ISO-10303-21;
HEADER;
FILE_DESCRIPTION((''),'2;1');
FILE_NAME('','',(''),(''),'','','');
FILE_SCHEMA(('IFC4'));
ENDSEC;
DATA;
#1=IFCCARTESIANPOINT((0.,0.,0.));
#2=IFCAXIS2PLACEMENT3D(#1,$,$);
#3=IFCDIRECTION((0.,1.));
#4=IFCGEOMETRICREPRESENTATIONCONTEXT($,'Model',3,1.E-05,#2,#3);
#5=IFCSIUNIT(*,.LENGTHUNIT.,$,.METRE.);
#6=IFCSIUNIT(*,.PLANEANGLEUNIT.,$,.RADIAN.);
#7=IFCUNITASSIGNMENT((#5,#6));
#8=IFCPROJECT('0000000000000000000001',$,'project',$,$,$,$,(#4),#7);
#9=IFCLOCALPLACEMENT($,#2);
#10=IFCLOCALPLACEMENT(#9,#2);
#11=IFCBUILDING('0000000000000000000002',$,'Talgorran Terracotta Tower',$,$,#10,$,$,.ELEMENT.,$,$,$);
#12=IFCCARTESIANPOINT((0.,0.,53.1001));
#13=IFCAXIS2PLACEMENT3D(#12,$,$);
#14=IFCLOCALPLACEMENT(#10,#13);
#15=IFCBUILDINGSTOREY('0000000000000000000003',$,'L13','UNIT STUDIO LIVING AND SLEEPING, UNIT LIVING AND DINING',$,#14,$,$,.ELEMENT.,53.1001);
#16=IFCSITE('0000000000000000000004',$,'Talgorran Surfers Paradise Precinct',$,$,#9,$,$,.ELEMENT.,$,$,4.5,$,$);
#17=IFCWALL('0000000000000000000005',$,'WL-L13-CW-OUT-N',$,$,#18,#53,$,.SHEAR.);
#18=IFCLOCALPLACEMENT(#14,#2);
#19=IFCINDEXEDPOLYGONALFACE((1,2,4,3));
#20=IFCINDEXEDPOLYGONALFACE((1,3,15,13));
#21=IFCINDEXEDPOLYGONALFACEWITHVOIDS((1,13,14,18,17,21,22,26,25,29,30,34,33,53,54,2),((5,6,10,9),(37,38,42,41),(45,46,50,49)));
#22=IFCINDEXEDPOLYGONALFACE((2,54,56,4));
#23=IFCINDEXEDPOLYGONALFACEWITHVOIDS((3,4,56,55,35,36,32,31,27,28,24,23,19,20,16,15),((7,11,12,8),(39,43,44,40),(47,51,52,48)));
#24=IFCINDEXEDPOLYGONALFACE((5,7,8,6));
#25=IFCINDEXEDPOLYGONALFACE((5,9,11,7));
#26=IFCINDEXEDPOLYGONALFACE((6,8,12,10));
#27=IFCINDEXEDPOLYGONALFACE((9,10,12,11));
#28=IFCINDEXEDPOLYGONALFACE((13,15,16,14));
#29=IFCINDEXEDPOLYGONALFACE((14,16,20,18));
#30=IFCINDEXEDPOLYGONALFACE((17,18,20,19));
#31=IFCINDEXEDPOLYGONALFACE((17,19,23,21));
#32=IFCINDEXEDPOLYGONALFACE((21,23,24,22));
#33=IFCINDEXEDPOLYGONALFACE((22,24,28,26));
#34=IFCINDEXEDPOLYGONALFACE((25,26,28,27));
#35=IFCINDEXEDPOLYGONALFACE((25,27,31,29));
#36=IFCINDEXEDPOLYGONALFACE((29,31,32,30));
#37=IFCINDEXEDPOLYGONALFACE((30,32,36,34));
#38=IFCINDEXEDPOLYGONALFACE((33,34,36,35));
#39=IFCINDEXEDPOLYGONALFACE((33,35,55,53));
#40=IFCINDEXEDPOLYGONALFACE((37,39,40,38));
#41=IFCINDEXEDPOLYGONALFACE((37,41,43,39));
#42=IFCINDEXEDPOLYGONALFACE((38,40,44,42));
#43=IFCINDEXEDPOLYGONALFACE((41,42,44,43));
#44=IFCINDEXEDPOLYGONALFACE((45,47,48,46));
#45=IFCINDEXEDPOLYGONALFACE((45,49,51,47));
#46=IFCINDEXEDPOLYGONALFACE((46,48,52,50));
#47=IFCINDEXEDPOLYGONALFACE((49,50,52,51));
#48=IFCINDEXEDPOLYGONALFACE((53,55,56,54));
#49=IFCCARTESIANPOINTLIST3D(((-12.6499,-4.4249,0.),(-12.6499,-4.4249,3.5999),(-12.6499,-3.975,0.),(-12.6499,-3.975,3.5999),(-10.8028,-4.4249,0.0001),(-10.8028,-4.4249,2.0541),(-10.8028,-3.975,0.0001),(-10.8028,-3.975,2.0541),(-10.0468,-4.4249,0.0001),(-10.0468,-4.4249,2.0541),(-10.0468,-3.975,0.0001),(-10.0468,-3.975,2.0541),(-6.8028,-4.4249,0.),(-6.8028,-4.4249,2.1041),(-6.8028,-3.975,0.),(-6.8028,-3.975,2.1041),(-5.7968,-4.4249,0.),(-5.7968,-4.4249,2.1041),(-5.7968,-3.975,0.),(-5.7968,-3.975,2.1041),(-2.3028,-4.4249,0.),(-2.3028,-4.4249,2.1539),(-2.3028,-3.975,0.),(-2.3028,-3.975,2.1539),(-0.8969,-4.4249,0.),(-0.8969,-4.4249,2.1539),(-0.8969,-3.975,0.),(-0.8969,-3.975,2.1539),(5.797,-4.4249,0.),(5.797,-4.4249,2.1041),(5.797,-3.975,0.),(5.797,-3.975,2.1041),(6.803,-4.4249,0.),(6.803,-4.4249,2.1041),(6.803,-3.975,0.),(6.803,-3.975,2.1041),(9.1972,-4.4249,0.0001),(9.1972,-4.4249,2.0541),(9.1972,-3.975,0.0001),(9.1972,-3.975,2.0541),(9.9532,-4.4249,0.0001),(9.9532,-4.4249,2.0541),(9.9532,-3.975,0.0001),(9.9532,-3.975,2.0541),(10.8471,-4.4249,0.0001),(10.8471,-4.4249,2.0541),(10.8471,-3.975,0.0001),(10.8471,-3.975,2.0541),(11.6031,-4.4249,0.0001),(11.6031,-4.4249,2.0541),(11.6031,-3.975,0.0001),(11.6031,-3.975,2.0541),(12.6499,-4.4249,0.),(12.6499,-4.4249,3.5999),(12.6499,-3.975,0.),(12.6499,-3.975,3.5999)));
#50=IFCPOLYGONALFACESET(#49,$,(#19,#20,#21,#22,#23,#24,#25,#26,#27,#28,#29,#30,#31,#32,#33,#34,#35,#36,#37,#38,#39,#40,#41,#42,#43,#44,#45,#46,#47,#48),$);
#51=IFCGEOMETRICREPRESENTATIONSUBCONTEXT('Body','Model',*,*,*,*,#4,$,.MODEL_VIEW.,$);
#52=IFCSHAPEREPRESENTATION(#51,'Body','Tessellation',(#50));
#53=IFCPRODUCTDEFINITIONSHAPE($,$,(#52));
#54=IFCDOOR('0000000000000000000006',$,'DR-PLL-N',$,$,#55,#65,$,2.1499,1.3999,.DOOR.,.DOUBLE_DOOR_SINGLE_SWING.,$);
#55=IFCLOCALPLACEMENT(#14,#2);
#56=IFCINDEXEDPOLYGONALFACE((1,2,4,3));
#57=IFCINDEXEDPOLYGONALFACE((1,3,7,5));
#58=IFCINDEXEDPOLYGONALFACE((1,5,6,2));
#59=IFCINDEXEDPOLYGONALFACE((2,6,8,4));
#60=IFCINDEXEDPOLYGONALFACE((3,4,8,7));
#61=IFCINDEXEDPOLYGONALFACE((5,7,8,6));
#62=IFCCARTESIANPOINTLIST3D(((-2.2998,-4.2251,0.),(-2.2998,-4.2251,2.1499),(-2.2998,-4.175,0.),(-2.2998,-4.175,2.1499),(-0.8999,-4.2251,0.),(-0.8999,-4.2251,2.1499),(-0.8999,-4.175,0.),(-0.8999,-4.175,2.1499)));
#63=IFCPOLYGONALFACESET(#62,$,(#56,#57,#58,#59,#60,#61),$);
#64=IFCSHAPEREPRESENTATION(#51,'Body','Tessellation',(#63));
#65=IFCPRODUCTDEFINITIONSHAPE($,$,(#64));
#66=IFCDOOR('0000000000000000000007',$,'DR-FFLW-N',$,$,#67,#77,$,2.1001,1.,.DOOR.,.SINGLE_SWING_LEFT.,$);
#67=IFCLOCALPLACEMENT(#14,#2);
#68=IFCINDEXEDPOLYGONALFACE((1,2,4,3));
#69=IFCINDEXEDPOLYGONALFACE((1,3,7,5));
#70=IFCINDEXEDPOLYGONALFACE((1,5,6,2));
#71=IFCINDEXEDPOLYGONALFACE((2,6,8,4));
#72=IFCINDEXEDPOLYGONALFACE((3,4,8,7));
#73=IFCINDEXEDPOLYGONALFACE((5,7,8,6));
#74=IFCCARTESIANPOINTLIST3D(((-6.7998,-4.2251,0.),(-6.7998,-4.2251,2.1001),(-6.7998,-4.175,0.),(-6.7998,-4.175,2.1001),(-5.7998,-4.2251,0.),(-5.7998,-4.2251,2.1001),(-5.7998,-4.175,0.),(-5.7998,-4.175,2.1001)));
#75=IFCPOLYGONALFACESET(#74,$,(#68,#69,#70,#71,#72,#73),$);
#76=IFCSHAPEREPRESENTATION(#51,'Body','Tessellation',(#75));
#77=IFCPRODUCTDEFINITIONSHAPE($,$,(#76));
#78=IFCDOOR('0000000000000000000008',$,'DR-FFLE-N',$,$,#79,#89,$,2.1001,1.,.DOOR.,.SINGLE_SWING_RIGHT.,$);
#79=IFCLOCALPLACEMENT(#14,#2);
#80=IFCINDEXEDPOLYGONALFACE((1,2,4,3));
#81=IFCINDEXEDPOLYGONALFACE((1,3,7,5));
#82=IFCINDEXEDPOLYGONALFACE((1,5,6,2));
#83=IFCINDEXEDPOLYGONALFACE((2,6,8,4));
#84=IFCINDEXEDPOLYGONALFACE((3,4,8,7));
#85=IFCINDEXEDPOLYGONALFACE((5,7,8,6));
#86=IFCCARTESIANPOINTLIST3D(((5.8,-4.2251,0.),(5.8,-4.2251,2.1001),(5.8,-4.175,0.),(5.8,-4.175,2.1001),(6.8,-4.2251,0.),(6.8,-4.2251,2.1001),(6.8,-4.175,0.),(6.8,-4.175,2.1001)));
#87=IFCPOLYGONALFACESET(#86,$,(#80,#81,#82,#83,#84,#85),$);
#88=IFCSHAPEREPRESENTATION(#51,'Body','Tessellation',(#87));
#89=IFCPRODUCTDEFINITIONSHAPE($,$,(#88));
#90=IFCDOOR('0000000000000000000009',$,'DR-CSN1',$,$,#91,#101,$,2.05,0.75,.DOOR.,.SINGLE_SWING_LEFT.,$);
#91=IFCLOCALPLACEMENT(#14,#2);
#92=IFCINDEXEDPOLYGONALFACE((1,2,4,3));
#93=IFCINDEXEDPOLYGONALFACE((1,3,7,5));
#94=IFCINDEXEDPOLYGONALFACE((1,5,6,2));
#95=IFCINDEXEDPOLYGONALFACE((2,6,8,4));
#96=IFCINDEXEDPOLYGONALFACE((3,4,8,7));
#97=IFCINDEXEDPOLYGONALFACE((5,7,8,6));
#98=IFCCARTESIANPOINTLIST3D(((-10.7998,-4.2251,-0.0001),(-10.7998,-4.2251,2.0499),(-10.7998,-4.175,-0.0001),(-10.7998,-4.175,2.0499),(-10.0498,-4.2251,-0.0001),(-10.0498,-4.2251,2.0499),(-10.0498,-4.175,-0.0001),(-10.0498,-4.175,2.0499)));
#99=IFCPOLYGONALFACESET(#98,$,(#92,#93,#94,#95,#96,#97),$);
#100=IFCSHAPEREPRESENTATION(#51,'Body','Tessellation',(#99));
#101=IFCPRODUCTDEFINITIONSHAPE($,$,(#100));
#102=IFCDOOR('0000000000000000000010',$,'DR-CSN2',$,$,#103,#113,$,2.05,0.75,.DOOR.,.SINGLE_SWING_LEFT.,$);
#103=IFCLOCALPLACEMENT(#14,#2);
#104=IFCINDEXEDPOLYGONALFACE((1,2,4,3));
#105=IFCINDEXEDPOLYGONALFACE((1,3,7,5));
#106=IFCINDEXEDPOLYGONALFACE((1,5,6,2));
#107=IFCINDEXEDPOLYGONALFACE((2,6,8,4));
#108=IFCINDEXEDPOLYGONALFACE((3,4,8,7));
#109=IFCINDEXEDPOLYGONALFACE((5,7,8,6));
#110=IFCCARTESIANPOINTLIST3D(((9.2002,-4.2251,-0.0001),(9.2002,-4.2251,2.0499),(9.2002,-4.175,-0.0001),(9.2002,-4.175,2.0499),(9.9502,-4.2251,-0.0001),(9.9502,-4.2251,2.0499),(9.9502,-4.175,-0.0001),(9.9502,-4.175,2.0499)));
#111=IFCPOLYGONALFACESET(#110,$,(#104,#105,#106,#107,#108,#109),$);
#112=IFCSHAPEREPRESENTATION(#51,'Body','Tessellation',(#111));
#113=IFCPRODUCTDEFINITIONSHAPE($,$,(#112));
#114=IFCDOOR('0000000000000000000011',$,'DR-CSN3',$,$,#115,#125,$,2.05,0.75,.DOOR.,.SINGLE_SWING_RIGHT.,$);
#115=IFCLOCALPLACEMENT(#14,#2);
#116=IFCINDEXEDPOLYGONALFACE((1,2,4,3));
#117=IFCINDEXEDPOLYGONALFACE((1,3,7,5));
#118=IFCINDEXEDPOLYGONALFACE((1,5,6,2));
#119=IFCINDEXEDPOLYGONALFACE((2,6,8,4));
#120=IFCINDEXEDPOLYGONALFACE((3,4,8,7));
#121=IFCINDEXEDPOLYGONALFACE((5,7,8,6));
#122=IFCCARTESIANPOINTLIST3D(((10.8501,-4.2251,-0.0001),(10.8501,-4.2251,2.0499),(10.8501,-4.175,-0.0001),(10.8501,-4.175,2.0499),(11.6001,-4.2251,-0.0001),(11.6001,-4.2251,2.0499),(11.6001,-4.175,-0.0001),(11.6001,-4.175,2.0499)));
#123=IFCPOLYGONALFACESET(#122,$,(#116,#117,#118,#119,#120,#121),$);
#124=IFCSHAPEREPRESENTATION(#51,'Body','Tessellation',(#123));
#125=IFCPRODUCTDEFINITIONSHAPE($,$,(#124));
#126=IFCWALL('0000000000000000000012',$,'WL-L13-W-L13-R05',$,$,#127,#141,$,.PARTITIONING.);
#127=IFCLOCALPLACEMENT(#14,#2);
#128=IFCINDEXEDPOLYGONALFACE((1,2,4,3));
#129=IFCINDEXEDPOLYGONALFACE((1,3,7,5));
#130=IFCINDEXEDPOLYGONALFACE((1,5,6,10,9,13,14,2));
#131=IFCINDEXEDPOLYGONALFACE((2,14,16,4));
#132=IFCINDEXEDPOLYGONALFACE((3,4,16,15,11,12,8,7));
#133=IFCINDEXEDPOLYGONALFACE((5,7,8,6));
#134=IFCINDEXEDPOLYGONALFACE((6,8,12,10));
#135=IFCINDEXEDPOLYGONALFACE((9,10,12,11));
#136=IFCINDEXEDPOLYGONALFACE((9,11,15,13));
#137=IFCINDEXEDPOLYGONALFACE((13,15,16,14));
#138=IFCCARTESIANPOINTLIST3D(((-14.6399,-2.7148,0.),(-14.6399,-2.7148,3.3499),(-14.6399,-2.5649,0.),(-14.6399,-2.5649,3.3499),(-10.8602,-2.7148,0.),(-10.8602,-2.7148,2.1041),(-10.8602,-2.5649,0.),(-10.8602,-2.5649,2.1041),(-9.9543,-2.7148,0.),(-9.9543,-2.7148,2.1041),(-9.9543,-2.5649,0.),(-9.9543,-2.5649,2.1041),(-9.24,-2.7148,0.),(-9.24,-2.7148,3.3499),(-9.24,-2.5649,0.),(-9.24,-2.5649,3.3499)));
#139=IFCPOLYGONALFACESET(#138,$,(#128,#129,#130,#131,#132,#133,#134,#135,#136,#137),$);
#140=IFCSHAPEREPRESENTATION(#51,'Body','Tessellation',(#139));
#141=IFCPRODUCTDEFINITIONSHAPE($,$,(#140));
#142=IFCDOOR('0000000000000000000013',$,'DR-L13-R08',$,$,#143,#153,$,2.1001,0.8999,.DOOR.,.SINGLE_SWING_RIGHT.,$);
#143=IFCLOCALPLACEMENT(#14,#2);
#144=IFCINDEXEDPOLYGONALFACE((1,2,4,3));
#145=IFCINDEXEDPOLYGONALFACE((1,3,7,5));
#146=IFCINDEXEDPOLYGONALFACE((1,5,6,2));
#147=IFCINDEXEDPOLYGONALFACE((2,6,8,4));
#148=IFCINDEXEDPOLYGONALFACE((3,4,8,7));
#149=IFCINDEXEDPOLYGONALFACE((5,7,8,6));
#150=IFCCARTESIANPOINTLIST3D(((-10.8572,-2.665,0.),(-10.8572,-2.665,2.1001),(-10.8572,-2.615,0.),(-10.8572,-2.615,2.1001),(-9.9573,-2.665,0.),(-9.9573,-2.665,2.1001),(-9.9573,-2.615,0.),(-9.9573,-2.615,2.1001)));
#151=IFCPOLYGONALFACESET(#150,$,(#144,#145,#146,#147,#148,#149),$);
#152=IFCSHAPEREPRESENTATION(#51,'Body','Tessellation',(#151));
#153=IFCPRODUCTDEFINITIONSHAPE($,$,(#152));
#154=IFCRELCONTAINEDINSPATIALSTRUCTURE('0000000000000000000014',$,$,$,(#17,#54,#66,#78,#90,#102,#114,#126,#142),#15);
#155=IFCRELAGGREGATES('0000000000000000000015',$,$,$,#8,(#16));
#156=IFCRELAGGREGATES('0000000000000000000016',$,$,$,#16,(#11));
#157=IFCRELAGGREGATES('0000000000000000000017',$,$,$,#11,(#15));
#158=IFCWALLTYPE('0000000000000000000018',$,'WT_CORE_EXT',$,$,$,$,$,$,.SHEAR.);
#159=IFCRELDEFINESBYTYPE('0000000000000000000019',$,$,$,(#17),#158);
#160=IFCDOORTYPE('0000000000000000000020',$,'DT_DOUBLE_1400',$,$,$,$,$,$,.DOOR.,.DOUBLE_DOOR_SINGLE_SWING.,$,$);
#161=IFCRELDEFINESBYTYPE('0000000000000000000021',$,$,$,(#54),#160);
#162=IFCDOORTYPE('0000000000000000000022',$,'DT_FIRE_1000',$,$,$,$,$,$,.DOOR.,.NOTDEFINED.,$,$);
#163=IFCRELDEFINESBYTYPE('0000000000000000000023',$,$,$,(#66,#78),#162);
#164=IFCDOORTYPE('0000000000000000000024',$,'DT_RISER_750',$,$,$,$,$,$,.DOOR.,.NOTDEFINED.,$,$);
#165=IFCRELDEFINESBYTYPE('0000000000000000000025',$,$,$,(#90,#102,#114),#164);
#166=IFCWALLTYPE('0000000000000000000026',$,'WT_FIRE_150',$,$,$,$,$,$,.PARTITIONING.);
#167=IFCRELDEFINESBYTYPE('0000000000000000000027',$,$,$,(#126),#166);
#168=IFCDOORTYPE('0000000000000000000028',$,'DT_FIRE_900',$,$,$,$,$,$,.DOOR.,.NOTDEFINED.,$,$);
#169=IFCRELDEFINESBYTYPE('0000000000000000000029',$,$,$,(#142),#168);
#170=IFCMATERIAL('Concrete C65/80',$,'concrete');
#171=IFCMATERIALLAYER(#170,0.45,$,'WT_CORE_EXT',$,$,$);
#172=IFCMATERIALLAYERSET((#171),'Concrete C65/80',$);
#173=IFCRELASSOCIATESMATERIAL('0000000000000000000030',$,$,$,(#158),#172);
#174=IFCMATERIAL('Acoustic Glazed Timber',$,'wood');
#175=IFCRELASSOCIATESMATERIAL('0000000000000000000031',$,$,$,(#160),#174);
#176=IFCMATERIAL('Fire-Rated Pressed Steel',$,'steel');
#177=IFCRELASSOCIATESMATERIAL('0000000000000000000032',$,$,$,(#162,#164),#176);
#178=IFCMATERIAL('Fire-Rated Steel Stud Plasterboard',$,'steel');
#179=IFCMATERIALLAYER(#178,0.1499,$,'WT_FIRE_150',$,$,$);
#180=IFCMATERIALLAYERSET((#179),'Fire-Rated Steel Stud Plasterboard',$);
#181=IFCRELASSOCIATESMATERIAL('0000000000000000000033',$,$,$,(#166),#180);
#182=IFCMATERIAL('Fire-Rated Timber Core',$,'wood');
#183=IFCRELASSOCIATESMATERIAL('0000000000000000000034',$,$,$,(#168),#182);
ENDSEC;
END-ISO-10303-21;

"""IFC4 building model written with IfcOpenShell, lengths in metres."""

from ifc_helpers import new_model, si_unit, direction, frame, frame_2d, origin, place, context, subcontext, project, spatial, rectangle, extrude, material, layer, layer_set, type_object, element, fill, save


model = new_model("IFC4")

# Units and contexts
model_context = context("Model", 3, precision=1e-05, world=origin(), true_north=direction((0.0, 1.0)))
body_context = subcontext(model_context, "Body", "Model", "MODEL_VIEW")
ifc_project = project(units=[si_unit("LENGTHUNIT", "METRE"), si_unit("PLANEANGLEUNIT", "RADIAN")], contexts=[model_context])

# Site, building, storey
site_placement = place(None, origin())
site = spatial("IfcSite", under=ifc_project, at=site_placement, Name="Talgorran Surfers Paradise Precinct", CompositionType="ELEMENT", RefElevation=4.5)
building_placement = place(site_placement, origin())
building = spatial("IfcBuilding", under=site, at=building_placement, Name="Talgorran Terracotta Tower", CompositionType="ELEMENT")
storey_placement = place(building_placement, frame((0.0, 0.0, 53.1001)))
storey = spatial("IfcBuildingStorey", under=building, at=storey_placement, Name="L13", Description="UNIT STUDIO LIVING AND SLEEPING, UNIT LIVING AND DINING", CompositionType="ELEMENT", Elevation=53.1001)

# Wall, openings, doors
ifc_material_1 = material(Name="Concrete C65/80", Category="concrete")
ifc_layer_1 = layer(ifc_material_1, 0.45, Name="WT_CORE_EXT")
ifc_layer_set_1 = layer_set([ifc_layer_1], Name="Concrete C65/80")
wall_type_1 = type_object("IfcWallType", Name="WT_CORE_EXT", PredefinedType="SHEAR", material=ifc_layer_set_1)
wall_1_placement = place(storey_placement, frame((-12.6499, -4.2, 0.0), z_axis=(0.0, 0.0, 1.0), x_axis=(1.0, 0.0, 0.0)))
wall_1 = element("IfcWall", 1, at=wall_1_placement, inside=storey, type_object=wall_type_1, Name="WL-L13-CW-OUT-N", PredefinedType="SHEAR", context=body_context, shape_type="SweptSolid", body=[
    extrude(rectangle(XDim=25.2998, YDim=0.45, at=frame_2d((12.6499, 0.0))), origin(), (0.0, 0.0, 1.0), 3.5999),
])
opening_1_placement = place(wall_1_placement, frame((1.8501, 0.0, 0.0)))
opening_1 = element("IfcOpeningElement", 2, at=opening_1_placement, cuts=wall_1, PredefinedType="OPENING", context=body_context, shape_type="SweptSolid", body=[
    extrude(rectangle(XDim=0.756, YDim=2.054, at=frame_2d((0.375, 1.0271))), frame((0.0, 0.2349, 0.0), z_axis=(0.0, -1.0, 0.0), x_axis=(1.0, 0.0, 0.0)), (0.0, 0.0, 1.0), 0.47),
])
opening_2_placement = place(wall_1_placement, frame((21.8501, 0.0, 0.0)))
opening_2 = element("IfcOpeningElement", 3, at=opening_2_placement, cuts=wall_1, PredefinedType="OPENING", context=body_context, shape_type="SweptSolid", body=[
    extrude(rectangle(XDim=0.756, YDim=2.054, at=frame_2d((0.375, 1.0271))), frame((0.0, 0.2349, 0.0), z_axis=(0.0, -1.0, 0.0), x_axis=(1.0, 0.0, 0.0)), (0.0, 0.0, 1.0), 0.47),
])
opening_3_placement = place(wall_1_placement, frame((23.5, 0.0, 0.0)))
opening_3 = element("IfcOpeningElement", 4, at=opening_3_placement, cuts=wall_1, PredefinedType="OPENING", context=body_context, shape_type="SweptSolid", body=[
    extrude(rectangle(XDim=0.756, YDim=2.054, at=frame_2d((0.375, 1.0271))), frame((0.0, 0.2349, 0.0), z_axis=(0.0, -1.0, 0.0), x_axis=(1.0, 0.0, 0.0)), (0.0, 0.0, 1.0), 0.47),
])
opening_4_placement = place(wall_1_placement, frame((5.8501, 0.0, 0.0)))
opening_4 = element("IfcOpeningElement", 5, at=opening_4_placement, cuts=wall_1, PredefinedType="OPENING", context=body_context, shape_type="SweptSolid", body=[
    extrude(rectangle(XDim=1.006, YDim=2.1041, at=frame_2d((0.5, 1.052))), frame((0.0, 0.2349, 0.0), z_axis=(0.0, -1.0, 0.0), x_axis=(1.0, 0.0, 0.0)), (0.0, 0.0, 1.0), 0.47),
])
opening_5_placement = place(wall_1_placement, frame((10.3501, 0.0, 0.0)))
opening_5 = element("IfcOpeningElement", 6, at=opening_5_placement, cuts=wall_1, PredefinedType="OPENING", context=body_context, shape_type="SweptSolid", body=[
    extrude(rectangle(XDim=1.4059, YDim=2.1539, at=frame_2d((0.7, 1.0769))), frame((0.0, 0.2349, 0.0), z_axis=(0.0, -1.0, 0.0), x_axis=(1.0, 0.0, 0.0)), (0.0, 0.0, 1.0), 0.47),
])
opening_6_placement = place(wall_1_placement, frame((18.45, 0.0, 0.0)))
opening_6 = element("IfcOpeningElement", 7, at=opening_6_placement, cuts=wall_1, PredefinedType="OPENING", context=body_context, shape_type="SweptSolid", body=[
    extrude(rectangle(XDim=1.006, YDim=2.1041, at=frame_2d((0.5, 1.052))), frame((0.0, 0.2349, 0.0), z_axis=(0.0, -1.0, 0.0), x_axis=(1.0, 0.0, 0.0)), (0.0, 0.0, 1.0), 0.47),
])
ifc_material_2 = material(Name="Acoustic Glazed Timber", Category="wood")
door_type_1 = type_object("IfcDoorType", Name="DT_DOUBLE_1400", OperationType="DOUBLE_DOOR_SINGLE_SWING", PredefinedType="DOOR", material=ifc_material_2)
door_1_placement = place(opening_5_placement, origin())
door_1 = element("IfcDoor", 8, at=door_1_placement, inside=storey, type_object=door_type_1, Name="DR-PLL-N", OperationType="DOUBLE_DOOR_SINGLE_SWING", OverallHeight=2.1499, OverallWidth=1.3999, PredefinedType="DOOR", context=body_context, shape_type="SweptSolid", body=[
    extrude(rectangle(XDim=1.3999, YDim=2.1499, at=frame_2d((0.7, 1.075))), frame((0.0, 0.0249, 0.0), z_axis=(0.0, -1.0, 0.0), x_axis=(1.0, 0.0, 0.0)), (0.0, 0.0, 1.0), 0.05),
])
fill(opening_5, door_1)
ifc_material_3 = material(Name="Fire-Rated Pressed Steel", Category="steel")
door_type_2 = type_object("IfcDoorType", Name="DT_FIRE_1000", OperationType="NOTDEFINED", PredefinedType="DOOR", material=ifc_material_3)
door_2_placement = place(opening_4_placement, origin())
door_2 = element("IfcDoor", 9, at=door_2_placement, inside=storey, type_object=door_type_2, Name="DR-FFLW-N", OperationType="SINGLE_SWING_LEFT", OverallHeight=2.1001, OverallWidth=1.0, PredefinedType="DOOR", context=body_context, shape_type="SweptSolid", body=[
    extrude(rectangle(XDim=1.0, YDim=2.1001, at=frame_2d((0.5, 1.05))), frame((0.0, 0.0249, 0.0), z_axis=(0.0, -1.0, 0.0), x_axis=(1.0, 0.0, 0.0)), (0.0, 0.0, 1.0), 0.05),
])
fill(opening_4, door_2)
door_3_placement = place(opening_6_placement, origin())
door_3 = element("IfcDoor", 10, at=door_3_placement, inside=storey, type_object=door_type_2, Name="DR-FFLE-N", OperationType="SINGLE_SWING_RIGHT", OverallHeight=2.1001, OverallWidth=1.0, PredefinedType="DOOR", context=body_context, shape_type="SweptSolid", body=[
    extrude(rectangle(XDim=1.0, YDim=2.1001, at=frame_2d((0.5, 1.05))), frame((0.0, 0.0249, 0.0), z_axis=(0.0, -1.0, 0.0), x_axis=(1.0, 0.0, 0.0)), (0.0, 0.0, 1.0), 0.05),
])
fill(opening_6, door_3)
door_type_3 = type_object("IfcDoorType", Name="DT_RISER_750", OperationType="NOTDEFINED", PredefinedType="DOOR", material=ifc_material_3)
door_4_placement = place(opening_1_placement, origin())
door_4 = element("IfcDoor", 11, at=door_4_placement, inside=storey, type_object=door_type_3, Name="DR-CSN1", OperationType="SINGLE_SWING_LEFT", OverallHeight=2.05, OverallWidth=0.75, PredefinedType="DOOR", context=body_context, shape_type="SweptSolid", body=[
    extrude(rectangle(XDim=0.75, YDim=2.05, at=frame_2d((0.375, 1.0249))), frame((0.0, 0.0249, 0.0), z_axis=(0.0, -1.0, 0.0), x_axis=(1.0, 0.0, 0.0)), (0.0, 0.0, 1.0), 0.05),
])
fill(opening_1, door_4)
door_5_placement = place(opening_2_placement, origin())
door_5 = element("IfcDoor", 12, at=door_5_placement, inside=storey, type_object=door_type_3, Name="DR-CSN2", OperationType="SINGLE_SWING_LEFT", OverallHeight=2.05, OverallWidth=0.75, PredefinedType="DOOR", context=body_context, shape_type="SweptSolid", body=[
    extrude(rectangle(XDim=0.75, YDim=2.05, at=frame_2d((0.375, 1.0249))), frame((0.0, 0.0249, 0.0), z_axis=(0.0, -1.0, 0.0), x_axis=(1.0, 0.0, 0.0)), (0.0, 0.0, 1.0), 0.05),
])
fill(opening_2, door_5)
door_6_placement = place(opening_3_placement, origin())
door_6 = element("IfcDoor", 13, at=door_6_placement, inside=storey, type_object=door_type_3, Name="DR-CSN3", OperationType="SINGLE_SWING_RIGHT", OverallHeight=2.05, OverallWidth=0.75, PredefinedType="DOOR", context=body_context, shape_type="SweptSolid", body=[
    extrude(rectangle(XDim=0.75, YDim=2.05, at=frame_2d((0.375, 1.0249))), frame((0.0, 0.0249, 0.0), z_axis=(0.0, -1.0, 0.0), x_axis=(1.0, 0.0, 0.0)), (0.0, 0.0, 1.0), 0.05),
])
fill(opening_3, door_6)

# Wall, opening, door
ifc_material_4 = material(Name="Fire-Rated Steel Stud Plasterboard", Category="steel")
ifc_layer_2 = layer(ifc_material_4, 0.1499, Name="WT_FIRE_150")
ifc_layer_set_2 = layer_set([ifc_layer_2], Name="Fire-Rated Steel Stud Plasterboard")
wall_type_2 = type_object("IfcWallType", Name="WT_FIRE_150", PredefinedType="PARTITIONING", material=ifc_layer_set_2)
wall_2_placement = place(storey_placement, frame((-14.6399, -2.6399, 0.0), z_axis=(0.0, 0.0, 1.0), x_axis=(1.0, 0.0, 0.0)))
wall_2 = element("IfcWall", 14, at=wall_2_placement, inside=storey, type_object=wall_type_2, Name="WL-L13-W-L13-R05", PredefinedType="PARTITIONING", context=body_context, shape_type="SweptSolid", body=[
    extrude(rectangle(XDim=5.3999, YDim=0.1499, at=frame_2d((2.7, 0.0))), origin(), (0.0, 0.0, 1.0), 3.3499),
])
opening_7_placement = place(wall_2_placement, frame((3.7827, 0.0, 0.0)))
opening_7 = element("IfcOpeningElement", 15, at=opening_7_placement, cuts=wall_2, PredefinedType="OPENING", context=body_context, shape_type="SweptSolid", body=[
    extrude(rectangle(XDim=0.9059, YDim=2.1041, at=frame_2d((0.45, 1.052))), frame((0.0, 0.085, 0.0), z_axis=(0.0, -1.0, 0.0), x_axis=(1.0, 0.0, 0.0)), (0.0, 0.0, 1.0), 0.1699),
])
ifc_material_5 = material(Name="Fire-Rated Timber Core", Category="wood")
door_type_4 = type_object("IfcDoorType", Name="DT_FIRE_900", OperationType="NOTDEFINED", PredefinedType="DOOR", material=ifc_material_5)
door_7_placement = place(opening_7_placement, origin())
door_7 = element("IfcDoor", 16, at=door_7_placement, inside=storey, type_object=door_type_4, Name="DR-L13-R08", OperationType="SINGLE_SWING_RIGHT", OverallHeight=2.1001, OverallWidth=0.8999, PredefinedType="DOOR", context=body_context, shape_type="SweptSolid", body=[
    extrude(rectangle(XDim=0.8999, YDim=2.1001, at=frame_2d((0.45, 1.05))), frame((0.0, 0.0249, 0.0), z_axis=(0.0, -1.0, 0.0), x_axis=(1.0, 0.0, 0.0)), (0.0, 0.0, 1.0), 0.05),
])
fill(opening_7, door_7)

save(model, "model.ifc")
